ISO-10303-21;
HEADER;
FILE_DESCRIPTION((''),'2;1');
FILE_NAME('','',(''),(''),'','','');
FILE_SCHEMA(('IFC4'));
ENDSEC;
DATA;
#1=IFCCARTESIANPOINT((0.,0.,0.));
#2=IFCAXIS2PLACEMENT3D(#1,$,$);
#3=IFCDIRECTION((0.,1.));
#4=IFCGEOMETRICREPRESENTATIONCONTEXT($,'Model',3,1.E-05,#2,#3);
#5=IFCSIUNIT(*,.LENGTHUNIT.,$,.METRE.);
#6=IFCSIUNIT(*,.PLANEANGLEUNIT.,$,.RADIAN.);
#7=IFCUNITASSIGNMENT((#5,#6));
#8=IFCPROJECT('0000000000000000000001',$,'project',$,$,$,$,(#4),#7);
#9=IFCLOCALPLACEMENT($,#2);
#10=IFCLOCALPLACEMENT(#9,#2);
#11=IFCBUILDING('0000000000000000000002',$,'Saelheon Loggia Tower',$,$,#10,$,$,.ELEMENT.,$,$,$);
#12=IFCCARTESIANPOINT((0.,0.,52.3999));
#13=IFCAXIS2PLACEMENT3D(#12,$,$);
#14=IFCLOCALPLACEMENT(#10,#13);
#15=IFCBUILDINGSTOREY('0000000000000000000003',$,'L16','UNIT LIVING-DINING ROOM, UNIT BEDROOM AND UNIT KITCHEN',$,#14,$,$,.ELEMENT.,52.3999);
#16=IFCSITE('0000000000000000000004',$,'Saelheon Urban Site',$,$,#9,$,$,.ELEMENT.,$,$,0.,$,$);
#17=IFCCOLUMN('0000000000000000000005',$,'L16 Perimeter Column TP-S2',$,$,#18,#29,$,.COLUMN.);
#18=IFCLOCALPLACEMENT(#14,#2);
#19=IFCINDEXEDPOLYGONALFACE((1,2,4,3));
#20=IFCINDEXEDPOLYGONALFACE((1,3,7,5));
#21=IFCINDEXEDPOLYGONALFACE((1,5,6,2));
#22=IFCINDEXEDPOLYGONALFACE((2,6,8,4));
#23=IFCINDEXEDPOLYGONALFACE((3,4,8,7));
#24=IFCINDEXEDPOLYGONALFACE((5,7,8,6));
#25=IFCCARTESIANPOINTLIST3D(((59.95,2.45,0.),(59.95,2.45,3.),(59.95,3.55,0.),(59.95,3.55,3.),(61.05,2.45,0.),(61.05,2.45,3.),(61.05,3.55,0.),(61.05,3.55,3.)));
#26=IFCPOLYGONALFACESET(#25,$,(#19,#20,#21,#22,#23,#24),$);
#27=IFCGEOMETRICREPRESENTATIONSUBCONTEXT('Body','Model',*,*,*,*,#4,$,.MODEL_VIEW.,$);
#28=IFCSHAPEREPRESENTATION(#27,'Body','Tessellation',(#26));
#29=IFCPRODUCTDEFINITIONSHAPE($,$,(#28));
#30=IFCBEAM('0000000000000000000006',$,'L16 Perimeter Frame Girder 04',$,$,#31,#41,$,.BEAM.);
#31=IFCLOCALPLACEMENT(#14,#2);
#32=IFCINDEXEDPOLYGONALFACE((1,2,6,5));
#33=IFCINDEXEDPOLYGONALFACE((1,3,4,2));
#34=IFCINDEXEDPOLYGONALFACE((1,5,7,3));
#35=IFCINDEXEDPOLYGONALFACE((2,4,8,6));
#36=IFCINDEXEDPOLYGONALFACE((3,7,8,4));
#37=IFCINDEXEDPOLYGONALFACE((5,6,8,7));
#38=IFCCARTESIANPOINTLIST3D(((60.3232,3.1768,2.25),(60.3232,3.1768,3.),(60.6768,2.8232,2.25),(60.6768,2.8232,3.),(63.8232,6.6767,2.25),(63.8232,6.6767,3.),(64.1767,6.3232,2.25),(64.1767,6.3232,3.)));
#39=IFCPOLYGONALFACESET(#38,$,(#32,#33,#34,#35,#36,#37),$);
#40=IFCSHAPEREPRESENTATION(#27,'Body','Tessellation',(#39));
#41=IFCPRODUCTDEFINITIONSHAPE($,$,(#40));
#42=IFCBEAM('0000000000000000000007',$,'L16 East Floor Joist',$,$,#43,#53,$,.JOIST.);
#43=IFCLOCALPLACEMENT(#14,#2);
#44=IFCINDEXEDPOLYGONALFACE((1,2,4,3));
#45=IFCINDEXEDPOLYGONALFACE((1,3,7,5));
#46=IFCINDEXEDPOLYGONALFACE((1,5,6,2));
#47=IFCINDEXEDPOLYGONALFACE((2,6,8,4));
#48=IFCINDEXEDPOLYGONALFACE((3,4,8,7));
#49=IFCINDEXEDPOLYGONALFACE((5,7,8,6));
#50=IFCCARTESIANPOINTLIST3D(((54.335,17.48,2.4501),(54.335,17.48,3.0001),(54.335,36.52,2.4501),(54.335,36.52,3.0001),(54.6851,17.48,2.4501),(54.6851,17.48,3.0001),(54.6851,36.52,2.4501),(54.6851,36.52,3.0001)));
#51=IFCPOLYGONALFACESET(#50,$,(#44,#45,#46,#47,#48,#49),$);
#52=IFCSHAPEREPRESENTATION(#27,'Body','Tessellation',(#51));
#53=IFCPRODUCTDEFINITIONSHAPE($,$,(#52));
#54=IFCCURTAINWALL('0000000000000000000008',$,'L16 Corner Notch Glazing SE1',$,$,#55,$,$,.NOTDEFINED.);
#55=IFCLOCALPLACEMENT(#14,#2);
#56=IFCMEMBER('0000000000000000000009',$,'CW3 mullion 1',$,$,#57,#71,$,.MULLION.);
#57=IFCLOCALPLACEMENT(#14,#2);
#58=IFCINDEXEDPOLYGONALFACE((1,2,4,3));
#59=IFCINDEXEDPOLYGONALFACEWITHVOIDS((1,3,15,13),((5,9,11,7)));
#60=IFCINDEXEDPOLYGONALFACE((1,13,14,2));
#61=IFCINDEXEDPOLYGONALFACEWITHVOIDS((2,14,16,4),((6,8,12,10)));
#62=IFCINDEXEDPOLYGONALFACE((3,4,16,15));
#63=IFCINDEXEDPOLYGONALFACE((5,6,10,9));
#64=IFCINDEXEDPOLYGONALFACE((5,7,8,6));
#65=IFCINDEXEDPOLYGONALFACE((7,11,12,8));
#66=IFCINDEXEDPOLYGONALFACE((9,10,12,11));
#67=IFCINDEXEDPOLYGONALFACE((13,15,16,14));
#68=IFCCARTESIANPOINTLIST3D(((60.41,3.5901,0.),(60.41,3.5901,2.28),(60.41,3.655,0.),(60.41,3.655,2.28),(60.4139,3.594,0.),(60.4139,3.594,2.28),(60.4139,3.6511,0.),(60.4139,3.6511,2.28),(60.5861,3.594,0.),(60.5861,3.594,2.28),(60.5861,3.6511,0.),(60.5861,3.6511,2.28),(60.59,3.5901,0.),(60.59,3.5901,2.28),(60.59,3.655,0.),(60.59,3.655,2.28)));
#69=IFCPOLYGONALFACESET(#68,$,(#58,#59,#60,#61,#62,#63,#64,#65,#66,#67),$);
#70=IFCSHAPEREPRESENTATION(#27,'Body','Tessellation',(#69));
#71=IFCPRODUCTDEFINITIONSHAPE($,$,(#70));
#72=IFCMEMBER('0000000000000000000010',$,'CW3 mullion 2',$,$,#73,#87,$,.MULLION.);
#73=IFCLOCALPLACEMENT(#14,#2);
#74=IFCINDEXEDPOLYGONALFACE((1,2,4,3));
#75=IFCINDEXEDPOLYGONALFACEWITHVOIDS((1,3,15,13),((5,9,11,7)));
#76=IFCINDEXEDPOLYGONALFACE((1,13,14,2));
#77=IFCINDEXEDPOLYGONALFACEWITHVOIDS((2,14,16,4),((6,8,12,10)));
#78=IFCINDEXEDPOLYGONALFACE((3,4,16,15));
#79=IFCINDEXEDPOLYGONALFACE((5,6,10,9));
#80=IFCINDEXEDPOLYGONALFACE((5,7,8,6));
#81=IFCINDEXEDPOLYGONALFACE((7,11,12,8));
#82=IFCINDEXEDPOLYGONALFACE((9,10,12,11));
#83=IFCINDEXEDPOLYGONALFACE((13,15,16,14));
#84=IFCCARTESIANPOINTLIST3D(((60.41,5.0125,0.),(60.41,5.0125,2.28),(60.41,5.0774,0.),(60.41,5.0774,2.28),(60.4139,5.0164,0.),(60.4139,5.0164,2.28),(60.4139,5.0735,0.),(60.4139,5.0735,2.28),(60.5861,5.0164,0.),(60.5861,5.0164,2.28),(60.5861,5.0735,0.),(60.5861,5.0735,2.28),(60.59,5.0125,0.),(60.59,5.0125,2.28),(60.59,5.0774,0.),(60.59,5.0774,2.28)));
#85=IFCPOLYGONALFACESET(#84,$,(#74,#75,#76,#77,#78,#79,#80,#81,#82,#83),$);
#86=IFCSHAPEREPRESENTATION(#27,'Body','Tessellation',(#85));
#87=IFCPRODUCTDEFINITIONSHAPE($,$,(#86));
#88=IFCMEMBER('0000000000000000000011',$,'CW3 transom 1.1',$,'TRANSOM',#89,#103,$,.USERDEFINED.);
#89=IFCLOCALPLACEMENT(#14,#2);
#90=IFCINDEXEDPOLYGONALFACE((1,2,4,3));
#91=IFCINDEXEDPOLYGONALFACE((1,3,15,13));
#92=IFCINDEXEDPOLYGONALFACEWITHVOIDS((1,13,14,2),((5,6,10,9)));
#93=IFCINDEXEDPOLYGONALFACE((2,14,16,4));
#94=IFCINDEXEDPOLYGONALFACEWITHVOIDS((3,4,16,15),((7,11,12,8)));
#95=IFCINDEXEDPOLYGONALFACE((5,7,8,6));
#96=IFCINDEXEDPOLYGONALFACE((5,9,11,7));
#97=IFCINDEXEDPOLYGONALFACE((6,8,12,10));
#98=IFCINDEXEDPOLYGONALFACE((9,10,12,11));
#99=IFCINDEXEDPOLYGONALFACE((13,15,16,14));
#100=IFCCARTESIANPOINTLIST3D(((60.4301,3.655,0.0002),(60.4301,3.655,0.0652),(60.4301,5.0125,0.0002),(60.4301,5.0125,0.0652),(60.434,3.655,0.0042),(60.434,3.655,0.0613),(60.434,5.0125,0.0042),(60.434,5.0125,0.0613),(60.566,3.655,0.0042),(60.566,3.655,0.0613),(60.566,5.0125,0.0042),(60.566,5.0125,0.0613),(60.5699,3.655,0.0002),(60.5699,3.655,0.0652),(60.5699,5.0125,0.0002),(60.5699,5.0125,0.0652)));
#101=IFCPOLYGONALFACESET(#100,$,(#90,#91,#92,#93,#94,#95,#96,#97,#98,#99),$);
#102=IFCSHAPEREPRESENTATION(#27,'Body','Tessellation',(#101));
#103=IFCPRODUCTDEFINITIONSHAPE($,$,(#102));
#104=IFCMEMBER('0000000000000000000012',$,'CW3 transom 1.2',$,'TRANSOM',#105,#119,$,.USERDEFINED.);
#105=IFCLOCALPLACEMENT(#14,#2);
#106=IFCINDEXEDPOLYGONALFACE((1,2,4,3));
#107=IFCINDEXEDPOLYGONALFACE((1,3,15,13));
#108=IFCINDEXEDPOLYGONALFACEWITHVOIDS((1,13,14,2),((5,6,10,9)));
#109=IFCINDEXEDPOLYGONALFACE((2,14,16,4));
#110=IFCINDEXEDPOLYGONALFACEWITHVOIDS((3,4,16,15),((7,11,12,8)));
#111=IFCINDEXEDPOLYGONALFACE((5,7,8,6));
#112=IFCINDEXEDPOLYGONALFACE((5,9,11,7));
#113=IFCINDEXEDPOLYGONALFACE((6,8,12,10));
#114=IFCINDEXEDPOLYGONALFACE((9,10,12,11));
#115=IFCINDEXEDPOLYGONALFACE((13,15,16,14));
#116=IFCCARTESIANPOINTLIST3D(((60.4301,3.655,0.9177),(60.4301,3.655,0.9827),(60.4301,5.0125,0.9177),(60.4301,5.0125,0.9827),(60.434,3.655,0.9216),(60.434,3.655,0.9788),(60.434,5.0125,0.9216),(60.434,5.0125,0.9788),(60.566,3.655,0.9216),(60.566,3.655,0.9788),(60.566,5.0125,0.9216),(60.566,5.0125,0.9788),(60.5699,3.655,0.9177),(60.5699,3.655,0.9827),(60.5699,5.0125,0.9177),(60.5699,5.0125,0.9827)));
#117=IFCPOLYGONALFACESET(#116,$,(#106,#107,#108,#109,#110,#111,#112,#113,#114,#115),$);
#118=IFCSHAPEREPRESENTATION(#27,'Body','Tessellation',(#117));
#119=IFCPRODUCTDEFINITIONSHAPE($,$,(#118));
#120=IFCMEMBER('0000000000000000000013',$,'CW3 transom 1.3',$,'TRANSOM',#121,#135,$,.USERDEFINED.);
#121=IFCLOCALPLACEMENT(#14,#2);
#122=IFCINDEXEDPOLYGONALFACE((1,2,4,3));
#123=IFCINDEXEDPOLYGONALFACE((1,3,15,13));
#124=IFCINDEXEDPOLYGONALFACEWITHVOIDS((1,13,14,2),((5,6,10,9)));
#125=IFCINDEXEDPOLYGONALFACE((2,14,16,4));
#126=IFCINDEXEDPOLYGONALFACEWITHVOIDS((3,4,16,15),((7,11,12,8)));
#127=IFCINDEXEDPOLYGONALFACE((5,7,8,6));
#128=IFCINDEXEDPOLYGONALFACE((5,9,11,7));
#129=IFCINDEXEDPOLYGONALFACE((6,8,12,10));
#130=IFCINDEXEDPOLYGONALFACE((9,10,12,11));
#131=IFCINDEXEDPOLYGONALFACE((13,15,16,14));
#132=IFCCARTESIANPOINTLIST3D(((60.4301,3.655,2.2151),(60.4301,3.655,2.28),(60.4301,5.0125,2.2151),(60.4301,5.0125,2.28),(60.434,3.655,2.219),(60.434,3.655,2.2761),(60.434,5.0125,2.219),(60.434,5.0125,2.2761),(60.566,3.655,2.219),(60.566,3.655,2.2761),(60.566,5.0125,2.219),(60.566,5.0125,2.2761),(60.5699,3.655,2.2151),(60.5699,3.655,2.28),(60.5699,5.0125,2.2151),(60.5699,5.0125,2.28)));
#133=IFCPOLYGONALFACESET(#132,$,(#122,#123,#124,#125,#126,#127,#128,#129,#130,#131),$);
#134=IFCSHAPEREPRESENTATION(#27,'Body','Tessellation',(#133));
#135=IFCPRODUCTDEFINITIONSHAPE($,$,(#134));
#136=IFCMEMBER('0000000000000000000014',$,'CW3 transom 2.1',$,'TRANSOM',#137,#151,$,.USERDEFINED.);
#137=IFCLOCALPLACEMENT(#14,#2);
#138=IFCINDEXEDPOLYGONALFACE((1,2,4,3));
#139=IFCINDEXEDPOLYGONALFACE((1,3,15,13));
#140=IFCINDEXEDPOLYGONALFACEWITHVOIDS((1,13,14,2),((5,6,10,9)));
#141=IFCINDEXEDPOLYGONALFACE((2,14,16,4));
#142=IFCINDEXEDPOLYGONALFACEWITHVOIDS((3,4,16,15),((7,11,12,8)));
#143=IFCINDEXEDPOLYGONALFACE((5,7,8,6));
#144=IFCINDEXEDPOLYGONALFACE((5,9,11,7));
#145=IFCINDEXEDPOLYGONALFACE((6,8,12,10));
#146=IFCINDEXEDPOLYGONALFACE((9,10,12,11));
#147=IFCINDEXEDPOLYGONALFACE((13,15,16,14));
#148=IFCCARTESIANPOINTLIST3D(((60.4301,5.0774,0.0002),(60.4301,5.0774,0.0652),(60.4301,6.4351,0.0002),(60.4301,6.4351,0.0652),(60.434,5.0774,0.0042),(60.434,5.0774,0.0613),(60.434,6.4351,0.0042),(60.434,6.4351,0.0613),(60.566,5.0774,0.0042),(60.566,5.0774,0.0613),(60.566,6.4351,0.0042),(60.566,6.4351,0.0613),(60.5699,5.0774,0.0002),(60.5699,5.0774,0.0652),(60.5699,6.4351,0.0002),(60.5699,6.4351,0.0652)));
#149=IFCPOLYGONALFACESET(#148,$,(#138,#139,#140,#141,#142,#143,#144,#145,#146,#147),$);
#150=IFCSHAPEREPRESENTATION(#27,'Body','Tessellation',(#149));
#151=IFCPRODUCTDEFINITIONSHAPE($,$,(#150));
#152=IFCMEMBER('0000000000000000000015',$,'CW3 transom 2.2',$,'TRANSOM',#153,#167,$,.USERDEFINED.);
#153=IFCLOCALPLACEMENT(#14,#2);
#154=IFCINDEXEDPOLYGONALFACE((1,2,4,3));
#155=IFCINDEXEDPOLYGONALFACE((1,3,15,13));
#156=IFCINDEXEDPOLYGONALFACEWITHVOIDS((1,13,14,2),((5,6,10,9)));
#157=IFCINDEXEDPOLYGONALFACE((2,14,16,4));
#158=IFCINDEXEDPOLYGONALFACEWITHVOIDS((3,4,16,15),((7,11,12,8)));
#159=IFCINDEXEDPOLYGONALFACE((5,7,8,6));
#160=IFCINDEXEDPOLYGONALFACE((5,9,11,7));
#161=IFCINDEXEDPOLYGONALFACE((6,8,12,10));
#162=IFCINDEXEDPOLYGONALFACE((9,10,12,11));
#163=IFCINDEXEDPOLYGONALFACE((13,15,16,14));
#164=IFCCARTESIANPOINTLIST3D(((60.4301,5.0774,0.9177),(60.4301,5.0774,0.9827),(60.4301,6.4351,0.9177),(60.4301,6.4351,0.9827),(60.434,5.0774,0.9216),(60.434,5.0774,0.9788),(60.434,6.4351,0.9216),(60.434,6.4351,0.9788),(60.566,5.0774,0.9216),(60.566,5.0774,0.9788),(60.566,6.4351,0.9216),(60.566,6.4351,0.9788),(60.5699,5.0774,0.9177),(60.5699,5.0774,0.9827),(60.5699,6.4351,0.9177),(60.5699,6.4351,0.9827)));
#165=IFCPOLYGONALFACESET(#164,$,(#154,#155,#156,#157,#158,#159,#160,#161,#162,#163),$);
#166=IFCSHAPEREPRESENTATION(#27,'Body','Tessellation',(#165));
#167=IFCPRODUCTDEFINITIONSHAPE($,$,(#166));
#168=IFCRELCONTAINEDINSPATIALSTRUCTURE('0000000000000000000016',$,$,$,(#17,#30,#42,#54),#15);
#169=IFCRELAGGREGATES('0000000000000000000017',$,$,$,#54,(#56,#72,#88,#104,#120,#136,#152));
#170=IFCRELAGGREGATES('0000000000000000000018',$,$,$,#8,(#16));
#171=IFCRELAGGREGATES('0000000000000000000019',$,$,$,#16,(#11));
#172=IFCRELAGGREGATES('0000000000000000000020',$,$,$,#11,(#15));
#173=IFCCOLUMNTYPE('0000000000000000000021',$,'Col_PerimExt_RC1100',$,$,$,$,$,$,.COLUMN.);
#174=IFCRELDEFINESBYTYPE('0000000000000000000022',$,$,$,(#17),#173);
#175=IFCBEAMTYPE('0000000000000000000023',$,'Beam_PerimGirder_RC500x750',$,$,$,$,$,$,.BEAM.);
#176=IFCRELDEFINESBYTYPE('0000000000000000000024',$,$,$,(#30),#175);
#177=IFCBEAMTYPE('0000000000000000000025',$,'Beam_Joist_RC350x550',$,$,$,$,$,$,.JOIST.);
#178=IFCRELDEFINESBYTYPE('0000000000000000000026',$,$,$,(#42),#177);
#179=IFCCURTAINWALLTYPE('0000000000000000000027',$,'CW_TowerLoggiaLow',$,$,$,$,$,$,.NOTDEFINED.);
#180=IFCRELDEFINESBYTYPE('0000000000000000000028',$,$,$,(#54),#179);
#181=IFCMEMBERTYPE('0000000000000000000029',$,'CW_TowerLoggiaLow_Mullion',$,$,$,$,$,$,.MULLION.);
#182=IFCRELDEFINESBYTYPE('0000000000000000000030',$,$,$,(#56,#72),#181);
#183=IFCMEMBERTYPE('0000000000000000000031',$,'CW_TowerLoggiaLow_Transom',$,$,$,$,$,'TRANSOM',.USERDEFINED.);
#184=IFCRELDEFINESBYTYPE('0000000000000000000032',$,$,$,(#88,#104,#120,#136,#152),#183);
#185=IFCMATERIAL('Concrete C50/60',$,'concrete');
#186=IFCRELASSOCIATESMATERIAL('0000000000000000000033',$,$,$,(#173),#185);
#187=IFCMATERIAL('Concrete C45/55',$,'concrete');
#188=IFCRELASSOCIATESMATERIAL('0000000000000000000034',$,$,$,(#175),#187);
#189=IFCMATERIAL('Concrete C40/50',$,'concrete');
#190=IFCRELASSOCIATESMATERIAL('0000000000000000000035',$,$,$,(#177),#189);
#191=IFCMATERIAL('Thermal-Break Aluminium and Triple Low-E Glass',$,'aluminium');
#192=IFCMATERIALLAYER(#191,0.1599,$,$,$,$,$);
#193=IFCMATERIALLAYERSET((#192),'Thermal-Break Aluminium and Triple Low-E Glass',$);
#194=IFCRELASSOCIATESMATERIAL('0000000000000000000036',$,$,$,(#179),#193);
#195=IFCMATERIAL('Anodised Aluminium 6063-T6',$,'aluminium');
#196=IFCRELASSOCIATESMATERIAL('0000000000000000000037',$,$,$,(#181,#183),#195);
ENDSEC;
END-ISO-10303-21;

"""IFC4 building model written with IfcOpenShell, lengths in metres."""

from ifc_helpers import new_model, si_unit, direction, frame, origin, origin_2d, place, context, subcontext, project, spatial, rectangle, hollow_rectangle, extrude, source, transform, mapped, material, layer, layer_set, material_profile, profile_set, type_object, element, aggregate, save


model = new_model("IFC4")

# Units and contexts
model_context = context("Model", 3, precision=1e-05, world=origin(), true_north=direction((0.0, 1.0)))
body_context = subcontext(model_context, "Body", "Model", "MODEL_VIEW")
ifc_project = project(units=[si_unit("LENGTHUNIT", "METRE"), si_unit("PLANEANGLEUNIT", "RADIAN")], contexts=[model_context])

# Site, building, storey
site_placement = place(None, origin())
site = spatial("IfcSite", under=ifc_project, at=site_placement, Name="Saelheon Urban Site", CompositionType="ELEMENT", RefElevation=0.0)
building_placement = place(site_placement, origin())
building = spatial("IfcBuilding", under=site, at=building_placement, Name="Saelheon Loggia Tower", CompositionType="ELEMENT")
storey_placement = place(building_placement, frame((0.0, 0.0, 52.3999)))
storey = spatial("IfcBuildingStorey", under=building, at=storey_placement, Name="L16", Description="UNIT LIVING-DINING ROOM, UNIT BEDROOM AND UNIT KITCHEN", CompositionType="ELEMENT", Elevation=52.3999)

# Column
ifc_material_1 = material(Name="Concrete C50/60", Category="concrete")
ifc_material_profile_1 = material_profile(ifc_material_1, rectangle(XDim=1.1001, YDim=1.1001, at=origin_2d()), Name="RC-1100x1100")
ifc_profile_set_1 = profile_set([ifc_material_profile_1], Name="Concrete C50/60")
column_type = type_object("IfcColumnType", Name="Col_PerimExt_RC1100", PredefinedType="COLUMN", material=ifc_profile_set_1)
shared_shape_1 = source(origin(), body_context, "Body", "SweptSolid", [
    extrude(rectangle(XDim=1.1001, YDim=1.1001, at=origin_2d()), origin(), (0.0, 0.0, 1.0), 3.0),
])
column_placement = place(storey_placement, frame((60.5, 3.0, 0.0), z_axis=(0.0, 0.0, 1.0), x_axis=(1.0, 0.0, 0.0)))
element("IfcColumn", 1, at=column_placement, inside=storey, type_object=column_type, Name="L16 Perimeter Column TP-S2", PredefinedType="COLUMN", context=body_context, shape_type="MappedRepresentation", body=[
    mapped(shared_shape_1, transform((0.0, 0.0, 0.0), scale=1.0)),
])

# Beams
ifc_material_2 = material(Name="Concrete C45/55", Category="concrete")
ifc_material_profile_2 = material_profile(ifc_material_2, rectangle(XDim=0.5, YDim=0.75, at=origin_2d()), Name="RC-500x750")
ifc_profile_set_2 = profile_set([ifc_material_profile_2], Name="Concrete C45/55")
beam_type_1 = type_object("IfcBeamType", Name="Beam_PerimGirder_RC500x750", PredefinedType="BEAM", material=ifc_profile_set_2)
shared_shape_2 = source(origin(), body_context, "Body", "SweptSolid", [
    extrude(rectangle(XDim=0.5, YDim=0.75, at=origin_2d()), origin(), (0.0, 0.0, 1.0), 4.9497),
])
beam_1_placement = place(storey_placement, frame((60.5, 3.0, 2.625), z_axis=(0.707107, 0.707107, 0.0), x_axis=(-0.707107, 0.707107, 0.0)))
element("IfcBeam", 2, at=beam_1_placement, inside=storey, type_object=beam_type_1, Name="L16 Perimeter Frame Girder 04", PredefinedType="BEAM", context=body_context, shape_type="MappedRepresentation", body=[
    mapped(shared_shape_2, transform((0.0, 0.0, 0.0), scale=1.0)),
])
ifc_material_3 = material(Name="Concrete C40/50", Category="concrete")
ifc_material_profile_3 = material_profile(ifc_material_3, rectangle(XDim=0.3501, YDim=0.55, at=origin_2d()), Name="RC-350x550")
ifc_profile_set_3 = profile_set([ifc_material_profile_3], Name="Concrete C40/50")
beam_type_2 = type_object("IfcBeamType", Name="Beam_Joist_RC350x550", PredefinedType="JOIST", material=ifc_profile_set_3)
shared_shape_3 = source(origin(), body_context, "Body", "SweptSolid", [
    extrude(rectangle(XDim=0.3501, YDim=0.55, at=origin_2d()), origin(), (0.0, 0.0, 1.0), 19.04),
])
beam_2_placement = place(storey_placement, frame((54.51, 17.48, 2.7251), z_axis=(0.0, 1.0, 0.0), x_axis=(-1.0, 0.0, 0.0)))
element("IfcBeam", 3, at=beam_2_placement, inside=storey, type_object=beam_type_2, Name="L16 East Floor Joist", PredefinedType="JOIST", context=body_context, shape_type="MappedRepresentation", body=[
    mapped(shared_shape_3, transform((0.0, 0.0, 0.0), scale=1.0)),
])

# Curtain wall, members
ifc_material_4 = material(Name="Thermal-Break Aluminium and Triple Low-E Glass", Category="aluminium")
ifc_layer_1 = layer(ifc_material_4, 0.1599)
ifc_layer_set_1 = layer_set([ifc_layer_1], Name="Thermal-Break Aluminium and Triple Low-E Glass")
curtain_wall_type = type_object("IfcCurtainWallType", Name="CW_TowerLoggiaLow", PredefinedType="NOTDEFINED", material=ifc_layer_set_1)
curtain_wall_placement = place(storey_placement, origin())
curtain_wall = element("IfcCurtainWall", 4, at=curtain_wall_placement, inside=storey, type_object=curtain_wall_type, Name="L16 Corner Notch Glazing SE1", PredefinedType="NOTDEFINED")
ifc_material_5 = material(Name="Anodised Aluminium 6063-T6", Category="aluminium")
ifc_material_profile_4 = material_profile(ifc_material_5, hollow_rectangle(XDim=0.0649, YDim=0.1799, WallThickness=0.0039, at=origin_2d()), Name="RHS-180x65x4")
ifc_profile_set_4 = profile_set([ifc_material_profile_4], Name="Anodised Aluminium 6063-T6")
member_type_1 = type_object("IfcMemberType", Name="CW_TowerLoggiaLow_Mullion", PredefinedType="MULLION", material=ifc_profile_set_4)
shared_shape_4 = source(origin(), body_context, "Body", "SweptSolid", [
    extrude(hollow_rectangle(XDim=0.0649, YDim=0.1799, WallThickness=0.0039, at=origin_2d()), origin(), (0.0, 0.0, 1.0), 2.28),
])
member_1_placement = place(storey_placement, frame((60.5, 3.6226, 0.0), z_axis=(0.0, 0.0, 1.0), x_axis=(0.0, 1.0, 0.0)))
member_1 = element("IfcMember", 5, at=member_1_placement, type_object=member_type_1, Name="CW3 mullion 1", PredefinedType="MULLION", context=body_context, shape_type="MappedRepresentation", body=[
    mapped(shared_shape_4, transform((0.0, 0.0, 0.0), scale=1.0)),
])
member_2_placement = place(storey_placement, frame((60.5, 5.0449, 0.0), z_axis=(0.0, 0.0, 1.0), x_axis=(0.0, 1.0, 0.0)))
member_2 = element("IfcMember", 6, at=member_2_placement, type_object=member_type_1, Name="CW3 mullion 2", PredefinedType="MULLION", context=body_context, shape_type="MappedRepresentation", body=[
    mapped(shared_shape_4, transform((0.0, 0.0, 0.0), scale=1.0)),
])
ifc_material_profile_5 = material_profile(ifc_material_5, hollow_rectangle(XDim=0.0649, YDim=0.1399, WallThickness=0.0039, at=origin_2d()), Name="RHS-140x65x4")
ifc_profile_set_5 = profile_set([ifc_material_profile_5], Name="Anodised Aluminium 6063-T6")
member_type_2 = type_object("IfcMemberType", Name="CW_TowerLoggiaLow_Transom", ElementType="TRANSOM", PredefinedType="USERDEFINED", material=ifc_profile_set_5)
shared_shape_5 = source(origin(), body_context, "Body", "SweptSolid", [
    extrude(hollow_rectangle(XDim=0.0649, YDim=0.1399, WallThickness=0.0039, at=origin_2d()), origin(), (0.0, 0.0, 1.0), 1.3574),
])
member_3_placement = place(storey_placement, frame((60.5, 3.655, 0.0327), z_axis=(0.0, 1.0, 0.0), x_axis=(0.0, 0.0, 1.0)))
member_3 = element("IfcMember", 7, at=member_3_placement, type_object=member_type_2, Name="CW3 transom 1.1", ObjectType="TRANSOM", PredefinedType="USERDEFINED", context=body_context, shape_type="MappedRepresentation", body=[
    mapped(shared_shape_5, transform((0.0, 0.0, 0.0), scale=1.0)),
])
member_4_placement = place(storey_placement, frame((60.5, 3.655, 0.9502), z_axis=(0.0, 1.0, 0.0), x_axis=(0.0, 0.0, 1.0)))
member_4 = element("IfcMember", 8, at=member_4_placement, type_object=member_type_2, Name="CW3 transom 1.2", ObjectType="TRANSOM", PredefinedType="USERDEFINED", context=body_context, shape_type="MappedRepresentation", body=[
    mapped(shared_shape_5, transform((0.0, 0.0, 0.0), scale=1.0)),
])
member_5_placement = place(storey_placement, frame((60.5, 3.655, 2.2476), z_axis=(0.0, 1.0, 0.0), x_axis=(0.0, 0.0, 1.0)))
member_5 = element("IfcMember", 9, at=member_5_placement, type_object=member_type_2, Name="CW3 transom 1.3", ObjectType="TRANSOM", PredefinedType="USERDEFINED", context=body_context, shape_type="MappedRepresentation", body=[
    mapped(shared_shape_5, transform((0.0, 0.0, 0.0), scale=1.0)),
])
shared_shape_6 = source(origin(), body_context, "Body", "SweptSolid", [
    extrude(hollow_rectangle(XDim=0.0649, YDim=0.1399, WallThickness=0.0039, at=origin_2d()), origin(), (0.0, 0.0, 1.0), 1.3577),
])
member_6_placement = place(storey_placement, frame((60.5, 5.0774, 0.0327), z_axis=(0.0, 1.0, 0.0), x_axis=(0.0, 0.0, 1.0)))
member_6 = element("IfcMember", 10, at=member_6_placement, type_object=member_type_2, Name="CW3 transom 2.1", ObjectType="TRANSOM", PredefinedType="USERDEFINED", context=body_context, shape_type="MappedRepresentation", body=[
    mapped(shared_shape_6, transform((0.0, 0.0, 0.0), scale=1.0)),
])
member_7_placement = place(storey_placement, frame((60.5, 5.0774, 0.9502), z_axis=(0.0, 1.0, 0.0), x_axis=(0.0, 0.0, 1.0)))
member_7 = element("IfcMember", 11, at=member_7_placement, type_object=member_type_2, Name="CW3 transom 2.2", ObjectType="TRANSOM", PredefinedType="USERDEFINED", context=body_context, shape_type="MappedRepresentation", body=[
    mapped(shared_shape_6, transform((0.0, 0.0, 0.0), scale=1.0)),
])
aggregate(curtain_wall, [member_1, member_2, member_3, member_4, member_5, member_6, member_7])

save(model, "model.ifc")
